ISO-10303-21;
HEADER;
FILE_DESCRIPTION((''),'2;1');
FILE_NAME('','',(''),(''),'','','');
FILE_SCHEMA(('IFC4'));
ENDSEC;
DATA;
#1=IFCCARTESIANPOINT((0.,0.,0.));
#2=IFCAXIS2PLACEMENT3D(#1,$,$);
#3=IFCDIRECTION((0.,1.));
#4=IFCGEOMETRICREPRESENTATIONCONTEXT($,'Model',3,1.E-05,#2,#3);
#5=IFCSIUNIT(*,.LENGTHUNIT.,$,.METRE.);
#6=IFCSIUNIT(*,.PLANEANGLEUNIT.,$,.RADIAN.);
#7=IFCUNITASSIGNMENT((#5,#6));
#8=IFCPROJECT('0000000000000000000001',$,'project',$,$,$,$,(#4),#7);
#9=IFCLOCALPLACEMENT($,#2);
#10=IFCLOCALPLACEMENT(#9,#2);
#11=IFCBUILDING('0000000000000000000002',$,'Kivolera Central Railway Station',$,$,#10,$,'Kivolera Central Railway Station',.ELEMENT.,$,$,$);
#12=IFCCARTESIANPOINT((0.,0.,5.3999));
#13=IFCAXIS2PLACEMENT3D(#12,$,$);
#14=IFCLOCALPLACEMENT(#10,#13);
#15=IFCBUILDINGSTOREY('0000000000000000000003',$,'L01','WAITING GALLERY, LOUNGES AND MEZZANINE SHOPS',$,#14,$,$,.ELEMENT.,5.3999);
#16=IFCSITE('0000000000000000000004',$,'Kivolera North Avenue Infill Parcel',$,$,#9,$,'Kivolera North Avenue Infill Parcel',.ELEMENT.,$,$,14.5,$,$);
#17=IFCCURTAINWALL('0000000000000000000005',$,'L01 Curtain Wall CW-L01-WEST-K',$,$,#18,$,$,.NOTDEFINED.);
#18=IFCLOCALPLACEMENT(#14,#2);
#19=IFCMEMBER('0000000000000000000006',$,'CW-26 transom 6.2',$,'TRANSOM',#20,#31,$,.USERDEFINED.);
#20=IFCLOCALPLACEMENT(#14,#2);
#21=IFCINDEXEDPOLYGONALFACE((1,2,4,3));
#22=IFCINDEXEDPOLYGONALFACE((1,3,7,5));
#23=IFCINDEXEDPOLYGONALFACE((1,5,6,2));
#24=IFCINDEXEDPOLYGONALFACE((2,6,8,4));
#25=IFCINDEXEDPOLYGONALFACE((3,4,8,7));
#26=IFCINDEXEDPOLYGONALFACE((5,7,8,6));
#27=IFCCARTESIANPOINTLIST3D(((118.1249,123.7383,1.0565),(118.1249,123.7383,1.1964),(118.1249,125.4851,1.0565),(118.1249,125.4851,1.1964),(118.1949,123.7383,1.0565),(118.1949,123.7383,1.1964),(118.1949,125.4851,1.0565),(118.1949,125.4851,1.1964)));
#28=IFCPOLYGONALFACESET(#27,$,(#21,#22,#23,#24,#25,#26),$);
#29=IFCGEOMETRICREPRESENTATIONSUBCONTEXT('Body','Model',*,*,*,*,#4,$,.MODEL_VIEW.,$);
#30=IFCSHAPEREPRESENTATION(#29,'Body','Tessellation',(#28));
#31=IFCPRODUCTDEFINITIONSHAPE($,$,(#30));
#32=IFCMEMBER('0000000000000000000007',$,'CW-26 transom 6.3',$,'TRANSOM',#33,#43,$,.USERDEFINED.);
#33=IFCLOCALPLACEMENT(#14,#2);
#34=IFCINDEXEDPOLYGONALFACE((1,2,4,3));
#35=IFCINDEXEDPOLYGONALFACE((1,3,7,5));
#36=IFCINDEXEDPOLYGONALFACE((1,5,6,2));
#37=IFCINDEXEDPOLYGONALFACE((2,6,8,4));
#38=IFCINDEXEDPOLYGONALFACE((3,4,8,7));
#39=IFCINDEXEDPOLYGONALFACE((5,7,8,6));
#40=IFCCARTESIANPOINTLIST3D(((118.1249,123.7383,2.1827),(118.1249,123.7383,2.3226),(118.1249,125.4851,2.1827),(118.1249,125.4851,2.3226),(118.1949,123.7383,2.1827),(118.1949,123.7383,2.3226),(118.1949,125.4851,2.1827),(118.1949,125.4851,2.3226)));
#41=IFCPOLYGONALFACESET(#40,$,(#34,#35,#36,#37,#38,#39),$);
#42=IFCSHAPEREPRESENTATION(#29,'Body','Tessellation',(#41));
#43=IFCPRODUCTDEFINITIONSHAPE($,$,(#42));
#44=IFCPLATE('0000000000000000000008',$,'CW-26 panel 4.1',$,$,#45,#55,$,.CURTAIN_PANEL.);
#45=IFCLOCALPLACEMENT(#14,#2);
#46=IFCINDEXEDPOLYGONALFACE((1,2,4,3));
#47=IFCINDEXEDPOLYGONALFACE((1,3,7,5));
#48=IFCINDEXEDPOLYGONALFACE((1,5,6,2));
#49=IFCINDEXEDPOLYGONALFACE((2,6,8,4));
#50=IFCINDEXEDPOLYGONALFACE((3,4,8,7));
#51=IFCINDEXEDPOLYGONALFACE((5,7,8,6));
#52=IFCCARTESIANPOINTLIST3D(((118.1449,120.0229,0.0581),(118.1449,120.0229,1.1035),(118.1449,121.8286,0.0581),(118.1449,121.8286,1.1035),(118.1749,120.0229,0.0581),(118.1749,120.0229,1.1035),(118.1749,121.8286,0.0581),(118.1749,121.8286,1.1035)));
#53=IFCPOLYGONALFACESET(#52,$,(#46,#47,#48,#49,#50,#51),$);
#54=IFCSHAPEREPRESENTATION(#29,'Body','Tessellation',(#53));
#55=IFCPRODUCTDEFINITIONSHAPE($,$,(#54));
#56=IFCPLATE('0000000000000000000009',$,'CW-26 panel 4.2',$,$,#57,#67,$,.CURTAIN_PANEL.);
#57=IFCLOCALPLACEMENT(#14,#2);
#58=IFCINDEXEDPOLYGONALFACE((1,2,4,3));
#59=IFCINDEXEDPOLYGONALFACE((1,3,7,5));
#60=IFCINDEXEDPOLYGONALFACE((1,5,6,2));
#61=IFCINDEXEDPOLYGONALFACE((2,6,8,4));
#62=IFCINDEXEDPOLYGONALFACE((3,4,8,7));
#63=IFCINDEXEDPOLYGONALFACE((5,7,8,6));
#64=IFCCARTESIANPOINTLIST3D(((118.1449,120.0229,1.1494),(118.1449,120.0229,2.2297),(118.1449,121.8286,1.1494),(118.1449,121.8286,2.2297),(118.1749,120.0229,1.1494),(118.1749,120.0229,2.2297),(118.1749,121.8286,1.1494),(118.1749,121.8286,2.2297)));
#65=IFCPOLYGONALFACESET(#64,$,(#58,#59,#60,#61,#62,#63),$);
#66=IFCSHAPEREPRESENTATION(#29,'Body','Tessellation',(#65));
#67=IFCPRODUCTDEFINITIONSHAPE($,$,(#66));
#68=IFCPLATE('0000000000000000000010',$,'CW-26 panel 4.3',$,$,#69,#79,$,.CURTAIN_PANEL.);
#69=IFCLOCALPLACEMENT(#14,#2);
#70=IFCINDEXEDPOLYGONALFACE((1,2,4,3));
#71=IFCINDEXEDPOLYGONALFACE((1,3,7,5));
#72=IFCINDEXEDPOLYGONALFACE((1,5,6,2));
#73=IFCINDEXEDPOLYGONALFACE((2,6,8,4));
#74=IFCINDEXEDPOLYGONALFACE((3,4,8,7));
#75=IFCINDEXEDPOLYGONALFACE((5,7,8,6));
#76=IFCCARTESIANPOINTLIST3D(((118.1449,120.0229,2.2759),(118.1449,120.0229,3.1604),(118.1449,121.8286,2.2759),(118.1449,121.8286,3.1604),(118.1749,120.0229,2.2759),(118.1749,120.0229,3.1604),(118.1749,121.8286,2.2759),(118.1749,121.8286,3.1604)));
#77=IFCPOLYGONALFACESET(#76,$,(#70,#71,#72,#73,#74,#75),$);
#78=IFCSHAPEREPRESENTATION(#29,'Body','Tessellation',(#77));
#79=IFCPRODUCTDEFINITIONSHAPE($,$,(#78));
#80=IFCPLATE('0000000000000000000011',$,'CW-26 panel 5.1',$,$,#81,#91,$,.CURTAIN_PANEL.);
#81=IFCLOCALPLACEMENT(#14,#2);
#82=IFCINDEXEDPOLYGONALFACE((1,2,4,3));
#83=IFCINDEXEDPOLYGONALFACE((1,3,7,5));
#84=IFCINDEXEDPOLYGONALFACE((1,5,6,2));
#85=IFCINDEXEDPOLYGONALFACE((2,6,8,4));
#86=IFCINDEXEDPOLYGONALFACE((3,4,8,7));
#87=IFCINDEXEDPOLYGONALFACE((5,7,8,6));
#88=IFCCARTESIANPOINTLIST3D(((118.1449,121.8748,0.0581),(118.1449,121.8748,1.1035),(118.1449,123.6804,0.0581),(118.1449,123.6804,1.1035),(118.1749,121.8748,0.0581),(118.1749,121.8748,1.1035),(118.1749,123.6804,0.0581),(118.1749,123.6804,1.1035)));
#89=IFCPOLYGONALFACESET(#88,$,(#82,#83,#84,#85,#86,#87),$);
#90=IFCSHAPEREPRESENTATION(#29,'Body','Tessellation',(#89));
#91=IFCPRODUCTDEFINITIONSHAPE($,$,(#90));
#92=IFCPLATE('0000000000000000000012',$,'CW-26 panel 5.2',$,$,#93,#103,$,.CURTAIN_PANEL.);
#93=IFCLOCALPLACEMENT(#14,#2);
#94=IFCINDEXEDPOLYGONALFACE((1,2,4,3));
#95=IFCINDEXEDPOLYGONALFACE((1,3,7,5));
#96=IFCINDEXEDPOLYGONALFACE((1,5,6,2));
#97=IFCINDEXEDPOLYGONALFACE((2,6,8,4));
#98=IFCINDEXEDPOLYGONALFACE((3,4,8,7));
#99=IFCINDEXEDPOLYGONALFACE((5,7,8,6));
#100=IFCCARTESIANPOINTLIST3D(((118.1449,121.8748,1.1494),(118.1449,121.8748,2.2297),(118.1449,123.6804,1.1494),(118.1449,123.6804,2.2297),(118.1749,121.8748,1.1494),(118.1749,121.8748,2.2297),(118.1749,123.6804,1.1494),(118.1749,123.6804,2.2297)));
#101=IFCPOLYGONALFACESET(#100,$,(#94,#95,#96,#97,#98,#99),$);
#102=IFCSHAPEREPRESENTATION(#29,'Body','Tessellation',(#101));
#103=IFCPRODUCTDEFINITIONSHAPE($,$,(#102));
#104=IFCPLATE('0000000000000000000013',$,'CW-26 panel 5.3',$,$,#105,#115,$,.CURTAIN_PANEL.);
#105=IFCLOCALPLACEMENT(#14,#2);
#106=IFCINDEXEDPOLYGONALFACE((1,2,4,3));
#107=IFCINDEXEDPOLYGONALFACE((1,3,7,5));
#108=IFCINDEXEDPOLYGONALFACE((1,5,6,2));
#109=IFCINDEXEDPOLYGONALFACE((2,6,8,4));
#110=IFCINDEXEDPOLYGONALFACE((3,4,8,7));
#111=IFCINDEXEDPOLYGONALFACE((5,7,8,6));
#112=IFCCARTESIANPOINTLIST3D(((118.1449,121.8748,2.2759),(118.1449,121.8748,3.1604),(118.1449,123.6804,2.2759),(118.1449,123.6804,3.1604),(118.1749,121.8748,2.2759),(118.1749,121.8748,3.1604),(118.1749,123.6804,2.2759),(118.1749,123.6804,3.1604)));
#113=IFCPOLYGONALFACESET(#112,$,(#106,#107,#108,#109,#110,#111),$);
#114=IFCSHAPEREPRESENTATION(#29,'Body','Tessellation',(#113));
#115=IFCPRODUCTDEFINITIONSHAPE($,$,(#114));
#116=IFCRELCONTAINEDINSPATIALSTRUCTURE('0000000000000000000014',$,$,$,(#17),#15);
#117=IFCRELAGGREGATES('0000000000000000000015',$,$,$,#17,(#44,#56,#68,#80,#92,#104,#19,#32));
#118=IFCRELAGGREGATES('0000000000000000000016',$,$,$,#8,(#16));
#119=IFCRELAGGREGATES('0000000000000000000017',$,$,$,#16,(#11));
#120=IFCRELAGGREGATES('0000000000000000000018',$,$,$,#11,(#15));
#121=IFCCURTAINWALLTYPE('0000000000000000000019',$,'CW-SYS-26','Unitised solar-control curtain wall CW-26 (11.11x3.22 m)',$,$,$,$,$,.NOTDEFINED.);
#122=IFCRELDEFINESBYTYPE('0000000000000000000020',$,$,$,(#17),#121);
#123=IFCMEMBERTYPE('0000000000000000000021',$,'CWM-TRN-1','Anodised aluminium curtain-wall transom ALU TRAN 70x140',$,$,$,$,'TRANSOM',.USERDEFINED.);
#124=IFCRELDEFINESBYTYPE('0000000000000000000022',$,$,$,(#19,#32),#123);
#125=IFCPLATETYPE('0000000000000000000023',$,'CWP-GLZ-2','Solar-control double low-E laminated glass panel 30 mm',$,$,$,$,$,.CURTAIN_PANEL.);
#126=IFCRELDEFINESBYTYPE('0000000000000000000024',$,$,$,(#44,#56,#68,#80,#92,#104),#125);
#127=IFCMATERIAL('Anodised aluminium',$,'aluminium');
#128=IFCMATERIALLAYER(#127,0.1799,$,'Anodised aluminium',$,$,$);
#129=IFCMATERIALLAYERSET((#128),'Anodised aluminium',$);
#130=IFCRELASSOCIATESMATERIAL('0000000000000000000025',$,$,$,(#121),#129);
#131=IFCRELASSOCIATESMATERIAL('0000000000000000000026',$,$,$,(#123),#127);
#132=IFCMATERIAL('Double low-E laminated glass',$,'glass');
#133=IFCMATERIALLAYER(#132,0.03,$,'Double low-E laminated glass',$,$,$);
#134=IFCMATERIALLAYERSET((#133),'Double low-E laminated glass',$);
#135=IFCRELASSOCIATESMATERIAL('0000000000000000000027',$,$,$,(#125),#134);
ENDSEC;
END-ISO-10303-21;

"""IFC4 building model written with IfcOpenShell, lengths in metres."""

from ifc_helpers import new_model, si_unit, direction, frame, origin, origin_2d, place, context, subcontext, project, spatial, rectangle, extrude, material, layer, layer_set, material_profile, profile_set, type_object, element, aggregate, save


model = new_model("IFC4")

# Units and contexts
model_context = context("Model", 3, precision=1e-05, world=origin(), true_north=direction((0.0, 1.0)))
body_context = subcontext(model_context, "Body", "Model", "MODEL_VIEW")
ifc_project = project(units=[si_unit("LENGTHUNIT", "METRE"), si_unit("PLANEANGLEUNIT", "RADIAN")], contexts=[model_context])

# Site, building, storey
site_placement = place(None, origin())
site = spatial("IfcSite", under=ifc_project, at=site_placement, Name="Kivolera North Avenue Infill Parcel", LongName="Kivolera North Avenue Infill Parcel", CompositionType="ELEMENT", RefElevation=14.5)
building_placement = place(site_placement, origin())
building = spatial("IfcBuilding", under=site, at=building_placement, Name="Kivolera Central Railway Station", LongName="Kivolera Central Railway Station", CompositionType="ELEMENT")
storey_placement = place(building_placement, frame((0.0, 0.0, 5.3999)))
storey = spatial("IfcBuildingStorey", under=building, at=storey_placement, Name="L01", Description="WAITING GALLERY, LOUNGES AND MEZZANINE SHOPS", CompositionType="ELEMENT", Elevation=5.3999)

# Curtain wall, members, plates
ifc_material_1 = material(Name="Anodised aluminium", Category="aluminium")
ifc_layer_1 = layer(ifc_material_1, 0.1799, Name="Anodised aluminium")
ifc_layer_set_1 = layer_set([ifc_layer_1], Name="Anodised aluminium")
curtain_wall_type = type_object("IfcCurtainWallType", Name="CW-SYS-26", Description="Unitised solar-control curtain wall CW-26 (11.11x3.22 m)", PredefinedType="NOTDEFINED", material=ifc_layer_set_1)
curtain_wall_placement = place(storey_placement, origin())
curtain_wall = element("IfcCurtainWall", 1, at=curtain_wall_placement, inside=storey, type_object=curtain_wall_type, Name="L01 Curtain Wall CW-L01-WEST-K", PredefinedType="NOTDEFINED")
ifc_material_profile_1 = material_profile(ifc_material_1, rectangle(XDim=0.0701, YDim=0.1399, at=origin_2d()), Name="ALU TRAN 70x140")
ifc_profile_set_1 = profile_set([ifc_material_profile_1], Name="Anodised aluminium")
member_type_1 = type_object("IfcMemberType", Name="CWM-TRN-1", Description="Anodised aluminium curtain-wall transom ALU TRAN 70x140", ElementType="TRANSOM", PredefinedType="USERDEFINED", material=ifc_profile_set_1)
member_1_placement = place(storey_placement, frame((118.1599, 123.7383, 1.1265), z_axis=(0.0, 1.0, 0.0), x_axis=(-1.0, 0.0, 0.0)))
member_1 = element("IfcMember", 2, at=member_1_placement, type_object=member_type_1, Name="CW-26 transom 6.2", ObjectType="TRANSOM", PredefinedType="USERDEFINED", context=body_context, shape_type="SweptSolid", body=[
    extrude(rectangle(XDim=0.0701, YDim=0.1399, at=origin_2d()), origin(), (0.0, 0.0, 1.0), 1.7468),
])
member_2_placement = place(storey_placement, frame((118.1599, 123.7383, 2.2527), z_axis=(0.0, 1.0, 0.0), x_axis=(-1.0, 0.0, 0.0)))
member_2 = element("IfcMember", 3, at=member_2_placement, type_object=member_type_1, Name="CW-26 transom 6.3", ObjectType="TRANSOM", PredefinedType="USERDEFINED", context=body_context, shape_type="SweptSolid", body=[
    extrude(rectangle(XDim=0.0701, YDim=0.1399, at=origin_2d()), origin(), (0.0, 0.0, 1.0), 1.7468),
])
ifc_material_2 = material(Name="Double low-E laminated glass", Category="glass")
ifc_layer_2 = layer(ifc_material_2, 0.03, Name="Double low-E laminated glass")
ifc_layer_set_2 = layer_set([ifc_layer_2], Name="Double low-E laminated glass")
plate_type = type_object("IfcPlateType", Name="CWP-GLZ-2", Description="Solar-control double low-E laminated glass panel 30 mm", PredefinedType="CURTAIN_PANEL", material=ifc_layer_set_2)
plate_1_placement = place(storey_placement, frame((118.1599, 120.9258, 0.0581), z_axis=(0.0, 0.0, 1.0), x_axis=(0.0, 1.0, 0.0)))
plate_1 = element("IfcPlate", 4, at=plate_1_placement, type_object=plate_type, Name="CW-26 panel 4.1", PredefinedType="CURTAIN_PANEL", context=body_context, shape_type="SweptSolid", body=[
    extrude(rectangle(XDim=1.8057, YDim=0.03, at=origin_2d()), origin(), (0.0, 0.0, 1.0), 1.0454),
])
plate_2_placement = place(storey_placement, frame((118.1599, 120.9258, 1.1494), z_axis=(0.0, 0.0, 1.0), x_axis=(0.0, 1.0, 0.0)))
plate_2 = element("IfcPlate", 5, at=plate_2_placement, type_object=plate_type, Name="CW-26 panel 4.2", PredefinedType="CURTAIN_PANEL", context=body_context, shape_type="SweptSolid", body=[
    extrude(rectangle(XDim=1.8057, YDim=0.03, at=origin_2d()), origin(), (0.0, 0.0, 1.0), 1.0803),
])
plate_3_placement = place(storey_placement, frame((118.1599, 120.9258, 2.2759), z_axis=(0.0, 0.0, 1.0), x_axis=(0.0, 1.0, 0.0)))
plate_3 = element("IfcPlate", 6, at=plate_3_placement, type_object=plate_type, Name="CW-26 panel 4.3", PredefinedType="CURTAIN_PANEL", context=body_context, shape_type="SweptSolid", body=[
    extrude(rectangle(XDim=1.8057, YDim=0.03, at=origin_2d()), origin(), (0.0, 0.0, 1.0), 0.8845),
])
plate_4_placement = place(storey_placement, frame((118.1599, 122.7776, 0.0581), z_axis=(0.0, 0.0, 1.0), x_axis=(0.0, 1.0, 0.0)))
plate_4 = element("IfcPlate", 7, at=plate_4_placement, type_object=plate_type, Name="CW-26 panel 5.1", PredefinedType="CURTAIN_PANEL", context=body_context, shape_type="SweptSolid", body=[
    extrude(rectangle(XDim=1.8057, YDim=0.03, at=origin_2d()), origin(), (0.0, 0.0, 1.0), 1.0454),
])
plate_5_placement = place(storey_placement, frame((118.1599, 122.7776, 1.1494), z_axis=(0.0, 0.0, 1.0), x_axis=(0.0, 1.0, 0.0)))
plate_5 = element("IfcPlate", 8, at=plate_5_placement, type_object=plate_type, Name="CW-26 panel 5.2", PredefinedType="CURTAIN_PANEL", context=body_context, shape_type="SweptSolid", body=[
    extrude(rectangle(XDim=1.8057, YDim=0.03, at=origin_2d()), origin(), (0.0, 0.0, 1.0), 1.0803),
])
plate_6_placement = place(storey_placement, frame((118.1599, 122.7776, 2.2759), z_axis=(0.0, 0.0, 1.0), x_axis=(0.0, 1.0, 0.0)))
plate_6 = element("IfcPlate", 9, at=plate_6_placement, type_object=plate_type, Name="CW-26 panel 5.3", PredefinedType="CURTAIN_PANEL", context=body_context, shape_type="SweptSolid", body=[
    extrude(rectangle(XDim=1.8057, YDim=0.03, at=origin_2d()), origin(), (0.0, 0.0, 1.0), 0.8845),
])
aggregate(curtain_wall, [plate_1, plate_2, plate_3, plate_4, plate_5, plate_6, member_1, member_2])

save(model, "model.ifc")
